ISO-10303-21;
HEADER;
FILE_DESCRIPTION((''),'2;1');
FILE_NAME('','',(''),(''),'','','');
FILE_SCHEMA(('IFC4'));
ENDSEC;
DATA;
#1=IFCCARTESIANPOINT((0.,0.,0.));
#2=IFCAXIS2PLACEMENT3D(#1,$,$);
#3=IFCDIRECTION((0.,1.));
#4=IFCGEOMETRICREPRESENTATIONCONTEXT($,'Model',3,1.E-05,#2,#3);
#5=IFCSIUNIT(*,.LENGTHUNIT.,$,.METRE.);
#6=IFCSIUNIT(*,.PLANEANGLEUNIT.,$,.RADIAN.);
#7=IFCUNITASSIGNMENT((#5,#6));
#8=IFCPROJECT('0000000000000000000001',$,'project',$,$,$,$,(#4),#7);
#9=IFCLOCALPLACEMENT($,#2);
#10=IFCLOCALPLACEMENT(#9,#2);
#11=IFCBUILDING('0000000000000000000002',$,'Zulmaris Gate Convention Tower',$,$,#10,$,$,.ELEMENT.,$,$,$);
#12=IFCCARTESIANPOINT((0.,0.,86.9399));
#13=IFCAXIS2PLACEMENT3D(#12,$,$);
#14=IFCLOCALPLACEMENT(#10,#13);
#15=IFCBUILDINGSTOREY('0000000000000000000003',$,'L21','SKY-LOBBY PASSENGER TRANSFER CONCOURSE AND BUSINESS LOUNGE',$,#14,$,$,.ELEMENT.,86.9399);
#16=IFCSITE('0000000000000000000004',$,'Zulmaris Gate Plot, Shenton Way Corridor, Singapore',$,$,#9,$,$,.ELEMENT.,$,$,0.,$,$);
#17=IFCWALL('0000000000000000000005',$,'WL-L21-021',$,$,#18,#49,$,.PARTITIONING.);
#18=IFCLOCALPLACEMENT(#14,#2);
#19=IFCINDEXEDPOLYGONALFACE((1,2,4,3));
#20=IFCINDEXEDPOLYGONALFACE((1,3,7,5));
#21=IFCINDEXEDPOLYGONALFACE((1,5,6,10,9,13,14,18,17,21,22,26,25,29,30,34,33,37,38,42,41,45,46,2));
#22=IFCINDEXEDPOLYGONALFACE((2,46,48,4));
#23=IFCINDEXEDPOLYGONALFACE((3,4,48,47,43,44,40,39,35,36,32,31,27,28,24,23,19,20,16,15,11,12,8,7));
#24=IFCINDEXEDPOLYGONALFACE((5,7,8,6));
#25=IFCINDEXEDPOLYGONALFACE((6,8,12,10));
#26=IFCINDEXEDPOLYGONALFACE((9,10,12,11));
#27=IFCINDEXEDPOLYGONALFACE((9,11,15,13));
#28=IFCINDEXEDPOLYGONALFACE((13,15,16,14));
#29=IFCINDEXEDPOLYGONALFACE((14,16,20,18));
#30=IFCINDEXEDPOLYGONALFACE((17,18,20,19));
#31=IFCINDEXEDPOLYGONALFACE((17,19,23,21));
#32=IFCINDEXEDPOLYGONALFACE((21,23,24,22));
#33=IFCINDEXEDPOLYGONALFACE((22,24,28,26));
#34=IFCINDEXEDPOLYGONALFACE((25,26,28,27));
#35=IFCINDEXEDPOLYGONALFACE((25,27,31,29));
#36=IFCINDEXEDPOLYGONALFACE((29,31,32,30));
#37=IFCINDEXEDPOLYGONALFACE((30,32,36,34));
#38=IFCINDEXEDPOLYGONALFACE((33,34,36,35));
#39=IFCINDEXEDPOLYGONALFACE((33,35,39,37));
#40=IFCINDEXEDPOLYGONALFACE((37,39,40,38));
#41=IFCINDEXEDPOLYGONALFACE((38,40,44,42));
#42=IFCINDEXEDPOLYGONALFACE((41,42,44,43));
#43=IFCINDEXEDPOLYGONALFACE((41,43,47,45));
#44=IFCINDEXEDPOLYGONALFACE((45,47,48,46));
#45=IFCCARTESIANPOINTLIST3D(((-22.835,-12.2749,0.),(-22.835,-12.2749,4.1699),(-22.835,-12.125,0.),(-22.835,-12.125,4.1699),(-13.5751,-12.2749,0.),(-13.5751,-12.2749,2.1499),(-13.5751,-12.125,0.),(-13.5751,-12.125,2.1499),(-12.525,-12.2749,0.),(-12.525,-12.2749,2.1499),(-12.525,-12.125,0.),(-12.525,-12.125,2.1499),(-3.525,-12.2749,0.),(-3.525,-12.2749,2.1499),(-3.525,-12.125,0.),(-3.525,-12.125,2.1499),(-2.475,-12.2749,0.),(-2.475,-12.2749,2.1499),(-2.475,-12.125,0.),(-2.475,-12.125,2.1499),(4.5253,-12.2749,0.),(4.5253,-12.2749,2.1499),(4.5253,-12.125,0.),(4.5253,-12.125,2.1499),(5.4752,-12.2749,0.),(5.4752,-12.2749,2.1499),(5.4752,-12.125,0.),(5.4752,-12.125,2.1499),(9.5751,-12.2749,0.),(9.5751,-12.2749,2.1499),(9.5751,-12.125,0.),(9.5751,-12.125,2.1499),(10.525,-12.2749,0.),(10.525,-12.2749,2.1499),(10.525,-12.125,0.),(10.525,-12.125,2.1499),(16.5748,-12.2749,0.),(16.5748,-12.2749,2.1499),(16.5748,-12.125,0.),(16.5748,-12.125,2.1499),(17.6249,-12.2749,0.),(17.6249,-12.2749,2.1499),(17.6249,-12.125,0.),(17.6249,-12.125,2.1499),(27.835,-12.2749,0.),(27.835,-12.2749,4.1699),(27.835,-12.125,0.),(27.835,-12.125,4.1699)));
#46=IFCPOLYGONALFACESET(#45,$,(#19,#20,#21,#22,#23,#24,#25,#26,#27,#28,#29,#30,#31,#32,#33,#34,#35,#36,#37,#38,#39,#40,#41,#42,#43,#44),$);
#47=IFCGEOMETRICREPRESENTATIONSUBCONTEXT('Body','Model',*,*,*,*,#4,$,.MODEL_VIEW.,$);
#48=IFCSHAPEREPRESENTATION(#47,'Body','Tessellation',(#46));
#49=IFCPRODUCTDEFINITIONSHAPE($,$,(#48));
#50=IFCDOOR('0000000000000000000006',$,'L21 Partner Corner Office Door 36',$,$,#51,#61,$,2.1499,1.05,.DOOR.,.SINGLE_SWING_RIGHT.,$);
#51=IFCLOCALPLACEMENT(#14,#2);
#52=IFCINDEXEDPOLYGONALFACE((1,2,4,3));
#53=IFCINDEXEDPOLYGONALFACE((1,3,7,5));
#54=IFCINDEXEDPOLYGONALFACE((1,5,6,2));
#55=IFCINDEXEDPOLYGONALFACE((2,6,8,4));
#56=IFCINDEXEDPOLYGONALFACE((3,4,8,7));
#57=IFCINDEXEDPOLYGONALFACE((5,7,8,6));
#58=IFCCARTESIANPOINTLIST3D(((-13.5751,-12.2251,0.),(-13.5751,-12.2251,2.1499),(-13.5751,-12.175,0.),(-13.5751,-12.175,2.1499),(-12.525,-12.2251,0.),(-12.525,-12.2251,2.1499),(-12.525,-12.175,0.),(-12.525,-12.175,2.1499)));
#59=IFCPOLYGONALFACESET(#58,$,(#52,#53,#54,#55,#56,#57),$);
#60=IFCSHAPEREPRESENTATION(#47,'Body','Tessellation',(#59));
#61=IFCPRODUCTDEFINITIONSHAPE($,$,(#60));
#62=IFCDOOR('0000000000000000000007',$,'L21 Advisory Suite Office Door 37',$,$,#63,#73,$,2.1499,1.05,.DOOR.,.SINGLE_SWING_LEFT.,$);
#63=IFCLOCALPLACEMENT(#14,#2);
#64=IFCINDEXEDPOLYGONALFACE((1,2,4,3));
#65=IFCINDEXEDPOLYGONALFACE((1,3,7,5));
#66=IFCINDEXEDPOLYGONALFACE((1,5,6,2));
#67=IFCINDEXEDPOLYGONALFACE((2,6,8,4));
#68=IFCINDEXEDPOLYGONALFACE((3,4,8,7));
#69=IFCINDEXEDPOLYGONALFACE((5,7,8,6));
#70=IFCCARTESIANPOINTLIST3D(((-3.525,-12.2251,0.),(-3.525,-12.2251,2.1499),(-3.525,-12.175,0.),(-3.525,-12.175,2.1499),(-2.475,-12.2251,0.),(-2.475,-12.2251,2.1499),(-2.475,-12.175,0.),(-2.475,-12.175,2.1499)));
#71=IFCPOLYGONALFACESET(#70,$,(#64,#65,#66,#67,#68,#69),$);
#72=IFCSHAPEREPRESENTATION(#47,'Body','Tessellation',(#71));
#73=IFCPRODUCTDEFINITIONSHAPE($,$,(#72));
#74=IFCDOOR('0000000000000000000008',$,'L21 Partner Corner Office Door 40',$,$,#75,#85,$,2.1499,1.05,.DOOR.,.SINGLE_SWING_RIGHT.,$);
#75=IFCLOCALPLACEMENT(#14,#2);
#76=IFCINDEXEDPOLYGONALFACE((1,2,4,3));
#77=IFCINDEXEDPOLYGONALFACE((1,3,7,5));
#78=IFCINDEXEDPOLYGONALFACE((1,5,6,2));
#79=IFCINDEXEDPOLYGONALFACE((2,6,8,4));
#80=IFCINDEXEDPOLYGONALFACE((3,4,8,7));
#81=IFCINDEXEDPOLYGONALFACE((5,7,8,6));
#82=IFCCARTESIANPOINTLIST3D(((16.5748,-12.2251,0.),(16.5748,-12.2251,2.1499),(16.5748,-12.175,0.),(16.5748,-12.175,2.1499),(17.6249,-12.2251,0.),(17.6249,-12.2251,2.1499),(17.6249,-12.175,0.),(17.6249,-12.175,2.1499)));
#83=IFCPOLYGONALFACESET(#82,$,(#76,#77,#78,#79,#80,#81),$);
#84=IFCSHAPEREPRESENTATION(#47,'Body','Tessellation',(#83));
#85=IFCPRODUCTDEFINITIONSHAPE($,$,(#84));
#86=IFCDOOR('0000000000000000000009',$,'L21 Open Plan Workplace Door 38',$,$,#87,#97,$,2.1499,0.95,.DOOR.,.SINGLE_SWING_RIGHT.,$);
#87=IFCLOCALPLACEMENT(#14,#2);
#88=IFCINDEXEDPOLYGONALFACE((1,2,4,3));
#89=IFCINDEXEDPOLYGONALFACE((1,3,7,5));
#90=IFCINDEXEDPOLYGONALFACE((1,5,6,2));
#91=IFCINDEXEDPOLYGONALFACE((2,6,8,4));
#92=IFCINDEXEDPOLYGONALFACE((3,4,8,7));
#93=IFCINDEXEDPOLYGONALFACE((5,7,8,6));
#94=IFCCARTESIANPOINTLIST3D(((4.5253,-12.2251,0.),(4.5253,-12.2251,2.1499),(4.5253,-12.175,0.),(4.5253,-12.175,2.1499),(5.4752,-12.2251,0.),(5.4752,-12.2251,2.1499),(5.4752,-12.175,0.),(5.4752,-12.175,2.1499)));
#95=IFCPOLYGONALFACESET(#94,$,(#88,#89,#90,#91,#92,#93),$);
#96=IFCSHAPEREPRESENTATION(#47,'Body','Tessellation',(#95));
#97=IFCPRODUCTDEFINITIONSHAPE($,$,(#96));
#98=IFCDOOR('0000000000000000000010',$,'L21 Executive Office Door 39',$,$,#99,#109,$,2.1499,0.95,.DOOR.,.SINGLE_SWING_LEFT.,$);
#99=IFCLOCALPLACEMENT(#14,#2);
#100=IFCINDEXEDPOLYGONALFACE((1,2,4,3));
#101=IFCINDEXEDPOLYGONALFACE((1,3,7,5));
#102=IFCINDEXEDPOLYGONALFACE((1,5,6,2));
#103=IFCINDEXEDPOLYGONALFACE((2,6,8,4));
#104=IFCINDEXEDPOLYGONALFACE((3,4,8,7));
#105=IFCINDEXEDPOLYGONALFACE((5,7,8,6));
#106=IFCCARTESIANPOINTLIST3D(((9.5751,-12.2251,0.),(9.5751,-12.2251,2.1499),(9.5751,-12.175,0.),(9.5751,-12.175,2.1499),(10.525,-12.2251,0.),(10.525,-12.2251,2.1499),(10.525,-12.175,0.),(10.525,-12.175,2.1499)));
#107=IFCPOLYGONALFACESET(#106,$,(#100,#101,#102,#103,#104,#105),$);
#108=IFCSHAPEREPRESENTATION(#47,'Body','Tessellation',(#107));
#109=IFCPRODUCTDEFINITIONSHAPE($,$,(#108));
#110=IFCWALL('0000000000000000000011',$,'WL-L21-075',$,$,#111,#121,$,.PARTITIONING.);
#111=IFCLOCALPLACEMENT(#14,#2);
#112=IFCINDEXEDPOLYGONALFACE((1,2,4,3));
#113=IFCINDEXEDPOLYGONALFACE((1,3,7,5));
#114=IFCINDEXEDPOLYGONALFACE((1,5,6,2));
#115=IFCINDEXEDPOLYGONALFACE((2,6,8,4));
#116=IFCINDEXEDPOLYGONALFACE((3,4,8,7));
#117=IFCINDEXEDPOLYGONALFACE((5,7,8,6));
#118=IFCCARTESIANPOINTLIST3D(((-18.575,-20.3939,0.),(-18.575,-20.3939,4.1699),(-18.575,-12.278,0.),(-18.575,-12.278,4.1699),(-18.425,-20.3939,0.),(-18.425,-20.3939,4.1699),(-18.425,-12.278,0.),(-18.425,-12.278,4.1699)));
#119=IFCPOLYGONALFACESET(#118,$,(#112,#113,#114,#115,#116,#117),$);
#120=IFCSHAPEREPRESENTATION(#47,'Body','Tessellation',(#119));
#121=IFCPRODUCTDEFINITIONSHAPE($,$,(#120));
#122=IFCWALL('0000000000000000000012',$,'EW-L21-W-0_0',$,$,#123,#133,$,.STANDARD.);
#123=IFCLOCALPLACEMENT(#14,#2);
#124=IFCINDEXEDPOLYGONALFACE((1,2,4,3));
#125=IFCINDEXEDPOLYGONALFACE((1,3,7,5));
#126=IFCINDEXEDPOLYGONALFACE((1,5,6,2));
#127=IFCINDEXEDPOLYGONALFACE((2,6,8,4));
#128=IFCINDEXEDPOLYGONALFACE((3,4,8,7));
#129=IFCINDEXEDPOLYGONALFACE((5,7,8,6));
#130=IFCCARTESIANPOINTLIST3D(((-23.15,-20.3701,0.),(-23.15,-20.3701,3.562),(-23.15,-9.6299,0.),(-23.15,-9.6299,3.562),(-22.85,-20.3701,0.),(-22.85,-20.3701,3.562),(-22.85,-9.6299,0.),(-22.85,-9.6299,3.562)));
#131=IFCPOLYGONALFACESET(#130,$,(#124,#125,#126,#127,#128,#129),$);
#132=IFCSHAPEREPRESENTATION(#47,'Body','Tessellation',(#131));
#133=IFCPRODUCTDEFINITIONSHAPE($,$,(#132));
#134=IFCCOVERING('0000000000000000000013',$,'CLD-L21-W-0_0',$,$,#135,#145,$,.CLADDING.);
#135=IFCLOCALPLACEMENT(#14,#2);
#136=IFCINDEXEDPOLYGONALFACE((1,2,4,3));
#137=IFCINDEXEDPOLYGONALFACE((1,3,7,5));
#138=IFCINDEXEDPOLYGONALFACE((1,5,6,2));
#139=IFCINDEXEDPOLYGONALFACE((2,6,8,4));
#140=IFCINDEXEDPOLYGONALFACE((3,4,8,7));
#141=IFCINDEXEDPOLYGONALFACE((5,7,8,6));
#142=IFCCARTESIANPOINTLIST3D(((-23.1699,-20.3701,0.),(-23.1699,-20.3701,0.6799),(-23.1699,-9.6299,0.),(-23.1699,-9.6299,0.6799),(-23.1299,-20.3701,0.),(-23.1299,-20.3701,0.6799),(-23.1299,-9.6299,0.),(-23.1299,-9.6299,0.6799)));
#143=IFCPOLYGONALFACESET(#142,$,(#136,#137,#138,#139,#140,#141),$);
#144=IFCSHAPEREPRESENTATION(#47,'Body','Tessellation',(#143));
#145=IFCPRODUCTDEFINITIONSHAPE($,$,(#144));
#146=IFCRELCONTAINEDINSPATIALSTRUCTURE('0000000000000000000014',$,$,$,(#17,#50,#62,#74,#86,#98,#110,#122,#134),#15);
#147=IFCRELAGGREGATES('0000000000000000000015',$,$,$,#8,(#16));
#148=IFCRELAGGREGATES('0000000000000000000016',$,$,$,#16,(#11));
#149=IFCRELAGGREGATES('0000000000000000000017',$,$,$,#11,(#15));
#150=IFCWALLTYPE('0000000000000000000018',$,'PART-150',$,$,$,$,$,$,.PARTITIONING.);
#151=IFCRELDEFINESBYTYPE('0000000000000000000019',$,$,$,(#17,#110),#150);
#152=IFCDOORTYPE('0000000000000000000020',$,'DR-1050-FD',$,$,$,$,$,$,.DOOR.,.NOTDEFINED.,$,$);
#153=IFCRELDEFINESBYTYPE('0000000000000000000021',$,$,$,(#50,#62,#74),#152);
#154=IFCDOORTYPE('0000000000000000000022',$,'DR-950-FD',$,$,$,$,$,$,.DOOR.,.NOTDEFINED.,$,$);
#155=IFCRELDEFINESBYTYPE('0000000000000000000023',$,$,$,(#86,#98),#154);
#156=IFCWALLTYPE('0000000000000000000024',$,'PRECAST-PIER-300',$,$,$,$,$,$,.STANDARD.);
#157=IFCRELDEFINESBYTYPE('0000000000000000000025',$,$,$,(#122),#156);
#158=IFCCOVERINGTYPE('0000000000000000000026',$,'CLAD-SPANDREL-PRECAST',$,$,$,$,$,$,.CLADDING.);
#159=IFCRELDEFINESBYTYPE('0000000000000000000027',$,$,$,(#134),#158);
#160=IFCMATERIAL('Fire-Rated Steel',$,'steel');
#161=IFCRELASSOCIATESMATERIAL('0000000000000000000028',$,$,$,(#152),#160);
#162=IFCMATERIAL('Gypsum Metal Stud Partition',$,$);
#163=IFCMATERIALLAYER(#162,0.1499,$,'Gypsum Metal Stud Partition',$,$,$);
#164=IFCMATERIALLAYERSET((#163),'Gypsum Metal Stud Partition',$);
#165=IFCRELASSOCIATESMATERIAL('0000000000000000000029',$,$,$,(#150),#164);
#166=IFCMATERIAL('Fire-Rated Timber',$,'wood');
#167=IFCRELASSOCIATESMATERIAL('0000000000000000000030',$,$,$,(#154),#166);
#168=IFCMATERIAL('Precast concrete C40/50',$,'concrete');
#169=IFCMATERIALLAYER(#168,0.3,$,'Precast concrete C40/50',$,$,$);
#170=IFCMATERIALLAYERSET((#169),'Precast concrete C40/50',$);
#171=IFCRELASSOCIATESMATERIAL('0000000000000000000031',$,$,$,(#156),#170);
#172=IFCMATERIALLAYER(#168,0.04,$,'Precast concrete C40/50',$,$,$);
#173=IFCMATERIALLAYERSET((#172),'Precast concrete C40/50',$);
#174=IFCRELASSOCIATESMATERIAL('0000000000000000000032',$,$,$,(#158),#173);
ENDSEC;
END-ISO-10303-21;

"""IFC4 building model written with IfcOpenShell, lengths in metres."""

from ifc_helpers import new_model, si_unit, direction, frame, frame_2d, origin, place, context, subcontext, project, spatial, rectangle, extrude, material, layer, layer_set, type_object, element, fill, save


model = new_model("IFC4")

# Units and contexts
model_context = context("Model", 3, precision=1e-05, world=origin(), true_north=direction((0.0, 1.0)))
body_context = subcontext(model_context, "Body", "Model", "MODEL_VIEW")
ifc_project = project(units=[si_unit("LENGTHUNIT", "METRE"), si_unit("PLANEANGLEUNIT", "RADIAN")], contexts=[model_context])

# Site, building, storey
site_placement = place(None, origin())
site = spatial("IfcSite", under=ifc_project, at=site_placement, Name="Zulmaris Gate Plot, Shenton Way Corridor, Singapore", CompositionType="ELEMENT", RefElevation=0.0)
building_placement = place(site_placement, origin())
building = spatial("IfcBuilding", under=site, at=building_placement, Name="Zulmaris Gate Convention Tower", CompositionType="ELEMENT")
storey_placement = place(building_placement, frame((0.0, 0.0, 86.9399)))
storey = spatial("IfcBuildingStorey", under=building, at=storey_placement, Name="L21", Description="SKY-LOBBY PASSENGER TRANSFER CONCOURSE AND BUSINESS LOUNGE", CompositionType="ELEMENT", Elevation=86.9399)

# Shared definitions
ifc_material_1 = material(Name="Fire-Rated Steel", Category="steel")
door_type_1 = type_object("IfcDoorType", Name="DR-1050-FD", OperationType="NOTDEFINED", PredefinedType="DOOR", material=ifc_material_1)

# Wall, openings, doors
ifc_material_2 = material(Name="Gypsum Metal Stud Partition")
ifc_layer_1 = layer(ifc_material_2, 0.1499, Name="Gypsum Metal Stud Partition")
ifc_layer_set_1 = layer_set([ifc_layer_1], Name="Gypsum Metal Stud Partition")
wall_type_1 = type_object("IfcWallType", Name="PART-150", PredefinedType="PARTITIONING", material=ifc_layer_set_1)
wall_1_placement = place(storey_placement, frame((-22.835, -12.2, 0.0), z_axis=(0.0, 0.0, 1.0), x_axis=(1.0, 0.0, 0.0)))
wall_1 = element("IfcWall", 1, at=wall_1_placement, inside=storey, type_object=wall_type_1, Name="WL-L21-021", PredefinedType="PARTITIONING", context=body_context, shape_type="SweptSolid", body=[
    extrude(rectangle(XDim=50.6699, YDim=0.1499, at=frame_2d((25.335, 0.0))), origin(), (0.0, 0.0, 1.0), 4.1699),
])
opening_1_placement = place(wall_1_placement, frame((9.26, 0.0, 0.0)))
opening_1 = element("IfcOpeningElement", 2, at=opening_1_placement, cuts=wall_1, PredefinedType="OPENING", context=body_context, shape_type="SweptSolid", body=[
    extrude(rectangle(XDim=1.05, YDim=2.1499, at=frame_2d((0.5249, 1.075))), frame((0.0, 0.085, 0.0), z_axis=(0.0, -1.0, 0.0), x_axis=(1.0, 0.0, 0.0)), (0.0, 0.0, 1.0), 0.1699),
])
opening_2_placement = place(wall_1_placement, frame((19.3101, 0.0, 0.0)))
opening_2 = element("IfcOpeningElement", 3, at=opening_2_placement, cuts=wall_1, PredefinedType="OPENING", context=body_context, shape_type="SweptSolid", body=[
    extrude(rectangle(XDim=1.05, YDim=2.1499, at=frame_2d((0.5249, 1.075))), frame((0.0, 0.085, 0.0), z_axis=(0.0, -1.0, 0.0), x_axis=(1.0, 0.0, 0.0)), (0.0, 0.0, 1.0), 0.1699),
])
opening_3_placement = place(wall_1_placement, frame((27.3601, 0.0, 0.0)))
opening_3 = element("IfcOpeningElement", 4, at=opening_3_placement, cuts=wall_1, PredefinedType="OPENING", context=body_context, shape_type="SweptSolid", body=[
    extrude(rectangle(XDim=0.95, YDim=2.1499, at=frame_2d((0.4751, 1.075))), frame((0.0, 0.085, 0.0), z_axis=(0.0, -1.0, 0.0), x_axis=(1.0, 0.0, 0.0)), (0.0, 0.0, 1.0), 0.1699),
])
opening_4_placement = place(wall_1_placement, frame((32.4099, 0.0, 0.0)))
opening_4 = element("IfcOpeningElement", 5, at=opening_4_placement, cuts=wall_1, PredefinedType="OPENING", context=body_context, shape_type="SweptSolid", body=[
    extrude(rectangle(XDim=0.95, YDim=2.1499, at=frame_2d((0.4751, 1.075))), frame((0.0, 0.085, 0.0), z_axis=(0.0, -1.0, 0.0), x_axis=(1.0, 0.0, 0.0)), (0.0, 0.0, 1.0), 0.1699),
])
opening_5_placement = place(wall_1_placement, frame((39.4099, 0.0, 0.0)))
opening_5 = element("IfcOpeningElement", 6, at=opening_5_placement, cuts=wall_1, PredefinedType="OPENING", context=body_context, shape_type="SweptSolid", body=[
    extrude(rectangle(XDim=1.05, YDim=2.1499, at=frame_2d((0.5249, 1.075))), frame((0.0, 0.085, 0.0), z_axis=(0.0, -1.0, 0.0), x_axis=(1.0, 0.0, 0.0)), (0.0, 0.0, 1.0), 0.1699),
])
door_1_placement = place(opening_1_placement, origin())
door_1 = element("IfcDoor", 7, at=door_1_placement, inside=storey, type_object=door_type_1, Name="L21 Partner Corner Office Door 36", OperationType="SINGLE_SWING_RIGHT", OverallHeight=2.1499, OverallWidth=1.05, PredefinedType="DOOR", context=body_context, shape_type="SweptSolid", body=[
    extrude(rectangle(XDim=1.05, YDim=2.1499, at=frame_2d((0.5249, 1.075))), frame((0.0, 0.0249, 0.0), z_axis=(0.0, -1.0, 0.0), x_axis=(1.0, 0.0, 0.0)), (0.0, 0.0, 1.0), 0.05),
])
fill(opening_1, door_1)
door_2_placement = place(opening_2_placement, origin())
door_2 = element("IfcDoor", 8, at=door_2_placement, inside=storey, type_object=door_type_1, Name="L21 Advisory Suite Office Door 37", OperationType="SINGLE_SWING_LEFT", OverallHeight=2.1499, OverallWidth=1.05, PredefinedType="DOOR", context=body_context, shape_type="SweptSolid", body=[
    extrude(rectangle(XDim=1.05, YDim=2.1499, at=frame_2d((0.5249, 1.075))), frame((0.0, 0.0249, 0.0), z_axis=(0.0, -1.0, 0.0), x_axis=(1.0, 0.0, 0.0)), (0.0, 0.0, 1.0), 0.05),
])
fill(opening_2, door_2)
door_3_placement = place(opening_5_placement, origin())
door_3 = element("IfcDoor", 9, at=door_3_placement, inside=storey, type_object=door_type_1, Name="L21 Partner Corner Office Door 40", OperationType="SINGLE_SWING_RIGHT", OverallHeight=2.1499, OverallWidth=1.05, PredefinedType="DOOR", context=body_context, shape_type="SweptSolid", body=[
    extrude(rectangle(XDim=1.05, YDim=2.1499, at=frame_2d((0.5249, 1.075))), frame((0.0, 0.0249, 0.0), z_axis=(0.0, -1.0, 0.0), x_axis=(1.0, 0.0, 0.0)), (0.0, 0.0, 1.0), 0.05),
])
fill(opening_5, door_3)
ifc_material_3 = material(Name="Fire-Rated Timber", Category="wood")
door_type_2 = type_object("IfcDoorType", Name="DR-950-FD", OperationType="NOTDEFINED", PredefinedType="DOOR", material=ifc_material_3)
door_4_placement = place(opening_3_placement, origin())
door_4 = element("IfcDoor", 10, at=door_4_placement, inside=storey, type_object=door_type_2, Name="L21 Open Plan Workplace Door 38", OperationType="SINGLE_SWING_RIGHT", OverallHeight=2.1499, OverallWidth=0.95, PredefinedType="DOOR", context=body_context, shape_type="SweptSolid", body=[
    extrude(rectangle(XDim=0.95, YDim=2.1499, at=frame_2d((0.4751, 1.075))), frame((0.0, 0.0249, 0.0), z_axis=(0.0, -1.0, 0.0), x_axis=(1.0, 0.0, 0.0)), (0.0, 0.0, 1.0), 0.05),
])
fill(opening_3, door_4)
door_5_placement = place(opening_4_placement, origin())
door_5 = element("IfcDoor", 11, at=door_5_placement, inside=storey, type_object=door_type_2, Name="L21 Executive Office Door 39", OperationType="SINGLE_SWING_LEFT", OverallHeight=2.1499, OverallWidth=0.95, PredefinedType="DOOR", context=body_context, shape_type="SweptSolid", body=[
    extrude(rectangle(XDim=0.95, YDim=2.1499, at=frame_2d((0.4751, 1.075))), frame((0.0, 0.0249, 0.0), z_axis=(0.0, -1.0, 0.0), x_axis=(1.0, 0.0, 0.0)), (0.0, 0.0, 1.0), 0.05),
])
fill(opening_4, door_5)

# Walls
wall_2_placement = place(storey_placement, frame((-18.5, -20.394, 0.0), z_axis=(0.0, 0.0, 1.0), x_axis=(0.0, 1.0, 0.0)))
element("IfcWall", 12, at=wall_2_placement, inside=storey, type_object=wall_type_1, Name="WL-L21-075", PredefinedType="PARTITIONING", context=body_context, shape_type="SweptSolid", body=[
    extrude(rectangle(XDim=8.116, YDim=0.1499, at=frame_2d((4.0581, 0.0))), origin(), (0.0, 0.0, 1.0), 4.1699),
])
ifc_material_4 = material(Name="Precast concrete C40/50", Category="concrete")
ifc_layer_2 = layer(ifc_material_4, 0.3, Name="Precast concrete C40/50")
ifc_layer_set_2 = layer_set([ifc_layer_2], Name="Precast concrete C40/50")
wall_type_2 = type_object("IfcWallType", Name="PRECAST-PIER-300", PredefinedType="STANDARD", material=ifc_layer_set_2)
wall_3_placement = place(storey_placement, frame((-23.0, -9.6299, 0.0), z_axis=(0.0, 0.0, 1.0), x_axis=(0.0, -1.0, 0.0)))
element("IfcWall", 13, at=wall_3_placement, inside=storey, type_object=wall_type_2, Name="EW-L21-W-0_0", PredefinedType="STANDARD", context=body_context, shape_type="SweptSolid", body=[
    extrude(rectangle(XDim=10.7402, YDim=0.3, at=frame_2d((5.3701, 0.0))), origin(), (0.0, 0.0, 1.0), 3.562),
])

# Covering
ifc_layer_3 = layer(ifc_material_4, 0.04, Name="Precast concrete C40/50")
ifc_layer_set_3 = layer_set([ifc_layer_3], Name="Precast concrete C40/50")
covering_type = type_object("IfcCoveringType", Name="CLAD-SPANDREL-PRECAST", PredefinedType="CLADDING", material=ifc_layer_set_3)
covering_placement = place(storey_placement, frame((-23.1499, -9.6299, 0.0), z_axis=(0.0, 0.0, 1.0), x_axis=(0.0, -1.0, 0.0)))
element("IfcCovering", 14, at=covering_placement, inside=storey, type_object=covering_type, Name="CLD-L21-W-0_0", PredefinedType="CLADDING", context=body_context, shape_type="SweptSolid", body=[
    extrude(rectangle(XDim=10.7402, YDim=0.04, at=frame_2d((5.3701, 0.0))), origin(), (0.0, 0.0, 1.0), 0.6799),
])

save(model, "model.ifc")
